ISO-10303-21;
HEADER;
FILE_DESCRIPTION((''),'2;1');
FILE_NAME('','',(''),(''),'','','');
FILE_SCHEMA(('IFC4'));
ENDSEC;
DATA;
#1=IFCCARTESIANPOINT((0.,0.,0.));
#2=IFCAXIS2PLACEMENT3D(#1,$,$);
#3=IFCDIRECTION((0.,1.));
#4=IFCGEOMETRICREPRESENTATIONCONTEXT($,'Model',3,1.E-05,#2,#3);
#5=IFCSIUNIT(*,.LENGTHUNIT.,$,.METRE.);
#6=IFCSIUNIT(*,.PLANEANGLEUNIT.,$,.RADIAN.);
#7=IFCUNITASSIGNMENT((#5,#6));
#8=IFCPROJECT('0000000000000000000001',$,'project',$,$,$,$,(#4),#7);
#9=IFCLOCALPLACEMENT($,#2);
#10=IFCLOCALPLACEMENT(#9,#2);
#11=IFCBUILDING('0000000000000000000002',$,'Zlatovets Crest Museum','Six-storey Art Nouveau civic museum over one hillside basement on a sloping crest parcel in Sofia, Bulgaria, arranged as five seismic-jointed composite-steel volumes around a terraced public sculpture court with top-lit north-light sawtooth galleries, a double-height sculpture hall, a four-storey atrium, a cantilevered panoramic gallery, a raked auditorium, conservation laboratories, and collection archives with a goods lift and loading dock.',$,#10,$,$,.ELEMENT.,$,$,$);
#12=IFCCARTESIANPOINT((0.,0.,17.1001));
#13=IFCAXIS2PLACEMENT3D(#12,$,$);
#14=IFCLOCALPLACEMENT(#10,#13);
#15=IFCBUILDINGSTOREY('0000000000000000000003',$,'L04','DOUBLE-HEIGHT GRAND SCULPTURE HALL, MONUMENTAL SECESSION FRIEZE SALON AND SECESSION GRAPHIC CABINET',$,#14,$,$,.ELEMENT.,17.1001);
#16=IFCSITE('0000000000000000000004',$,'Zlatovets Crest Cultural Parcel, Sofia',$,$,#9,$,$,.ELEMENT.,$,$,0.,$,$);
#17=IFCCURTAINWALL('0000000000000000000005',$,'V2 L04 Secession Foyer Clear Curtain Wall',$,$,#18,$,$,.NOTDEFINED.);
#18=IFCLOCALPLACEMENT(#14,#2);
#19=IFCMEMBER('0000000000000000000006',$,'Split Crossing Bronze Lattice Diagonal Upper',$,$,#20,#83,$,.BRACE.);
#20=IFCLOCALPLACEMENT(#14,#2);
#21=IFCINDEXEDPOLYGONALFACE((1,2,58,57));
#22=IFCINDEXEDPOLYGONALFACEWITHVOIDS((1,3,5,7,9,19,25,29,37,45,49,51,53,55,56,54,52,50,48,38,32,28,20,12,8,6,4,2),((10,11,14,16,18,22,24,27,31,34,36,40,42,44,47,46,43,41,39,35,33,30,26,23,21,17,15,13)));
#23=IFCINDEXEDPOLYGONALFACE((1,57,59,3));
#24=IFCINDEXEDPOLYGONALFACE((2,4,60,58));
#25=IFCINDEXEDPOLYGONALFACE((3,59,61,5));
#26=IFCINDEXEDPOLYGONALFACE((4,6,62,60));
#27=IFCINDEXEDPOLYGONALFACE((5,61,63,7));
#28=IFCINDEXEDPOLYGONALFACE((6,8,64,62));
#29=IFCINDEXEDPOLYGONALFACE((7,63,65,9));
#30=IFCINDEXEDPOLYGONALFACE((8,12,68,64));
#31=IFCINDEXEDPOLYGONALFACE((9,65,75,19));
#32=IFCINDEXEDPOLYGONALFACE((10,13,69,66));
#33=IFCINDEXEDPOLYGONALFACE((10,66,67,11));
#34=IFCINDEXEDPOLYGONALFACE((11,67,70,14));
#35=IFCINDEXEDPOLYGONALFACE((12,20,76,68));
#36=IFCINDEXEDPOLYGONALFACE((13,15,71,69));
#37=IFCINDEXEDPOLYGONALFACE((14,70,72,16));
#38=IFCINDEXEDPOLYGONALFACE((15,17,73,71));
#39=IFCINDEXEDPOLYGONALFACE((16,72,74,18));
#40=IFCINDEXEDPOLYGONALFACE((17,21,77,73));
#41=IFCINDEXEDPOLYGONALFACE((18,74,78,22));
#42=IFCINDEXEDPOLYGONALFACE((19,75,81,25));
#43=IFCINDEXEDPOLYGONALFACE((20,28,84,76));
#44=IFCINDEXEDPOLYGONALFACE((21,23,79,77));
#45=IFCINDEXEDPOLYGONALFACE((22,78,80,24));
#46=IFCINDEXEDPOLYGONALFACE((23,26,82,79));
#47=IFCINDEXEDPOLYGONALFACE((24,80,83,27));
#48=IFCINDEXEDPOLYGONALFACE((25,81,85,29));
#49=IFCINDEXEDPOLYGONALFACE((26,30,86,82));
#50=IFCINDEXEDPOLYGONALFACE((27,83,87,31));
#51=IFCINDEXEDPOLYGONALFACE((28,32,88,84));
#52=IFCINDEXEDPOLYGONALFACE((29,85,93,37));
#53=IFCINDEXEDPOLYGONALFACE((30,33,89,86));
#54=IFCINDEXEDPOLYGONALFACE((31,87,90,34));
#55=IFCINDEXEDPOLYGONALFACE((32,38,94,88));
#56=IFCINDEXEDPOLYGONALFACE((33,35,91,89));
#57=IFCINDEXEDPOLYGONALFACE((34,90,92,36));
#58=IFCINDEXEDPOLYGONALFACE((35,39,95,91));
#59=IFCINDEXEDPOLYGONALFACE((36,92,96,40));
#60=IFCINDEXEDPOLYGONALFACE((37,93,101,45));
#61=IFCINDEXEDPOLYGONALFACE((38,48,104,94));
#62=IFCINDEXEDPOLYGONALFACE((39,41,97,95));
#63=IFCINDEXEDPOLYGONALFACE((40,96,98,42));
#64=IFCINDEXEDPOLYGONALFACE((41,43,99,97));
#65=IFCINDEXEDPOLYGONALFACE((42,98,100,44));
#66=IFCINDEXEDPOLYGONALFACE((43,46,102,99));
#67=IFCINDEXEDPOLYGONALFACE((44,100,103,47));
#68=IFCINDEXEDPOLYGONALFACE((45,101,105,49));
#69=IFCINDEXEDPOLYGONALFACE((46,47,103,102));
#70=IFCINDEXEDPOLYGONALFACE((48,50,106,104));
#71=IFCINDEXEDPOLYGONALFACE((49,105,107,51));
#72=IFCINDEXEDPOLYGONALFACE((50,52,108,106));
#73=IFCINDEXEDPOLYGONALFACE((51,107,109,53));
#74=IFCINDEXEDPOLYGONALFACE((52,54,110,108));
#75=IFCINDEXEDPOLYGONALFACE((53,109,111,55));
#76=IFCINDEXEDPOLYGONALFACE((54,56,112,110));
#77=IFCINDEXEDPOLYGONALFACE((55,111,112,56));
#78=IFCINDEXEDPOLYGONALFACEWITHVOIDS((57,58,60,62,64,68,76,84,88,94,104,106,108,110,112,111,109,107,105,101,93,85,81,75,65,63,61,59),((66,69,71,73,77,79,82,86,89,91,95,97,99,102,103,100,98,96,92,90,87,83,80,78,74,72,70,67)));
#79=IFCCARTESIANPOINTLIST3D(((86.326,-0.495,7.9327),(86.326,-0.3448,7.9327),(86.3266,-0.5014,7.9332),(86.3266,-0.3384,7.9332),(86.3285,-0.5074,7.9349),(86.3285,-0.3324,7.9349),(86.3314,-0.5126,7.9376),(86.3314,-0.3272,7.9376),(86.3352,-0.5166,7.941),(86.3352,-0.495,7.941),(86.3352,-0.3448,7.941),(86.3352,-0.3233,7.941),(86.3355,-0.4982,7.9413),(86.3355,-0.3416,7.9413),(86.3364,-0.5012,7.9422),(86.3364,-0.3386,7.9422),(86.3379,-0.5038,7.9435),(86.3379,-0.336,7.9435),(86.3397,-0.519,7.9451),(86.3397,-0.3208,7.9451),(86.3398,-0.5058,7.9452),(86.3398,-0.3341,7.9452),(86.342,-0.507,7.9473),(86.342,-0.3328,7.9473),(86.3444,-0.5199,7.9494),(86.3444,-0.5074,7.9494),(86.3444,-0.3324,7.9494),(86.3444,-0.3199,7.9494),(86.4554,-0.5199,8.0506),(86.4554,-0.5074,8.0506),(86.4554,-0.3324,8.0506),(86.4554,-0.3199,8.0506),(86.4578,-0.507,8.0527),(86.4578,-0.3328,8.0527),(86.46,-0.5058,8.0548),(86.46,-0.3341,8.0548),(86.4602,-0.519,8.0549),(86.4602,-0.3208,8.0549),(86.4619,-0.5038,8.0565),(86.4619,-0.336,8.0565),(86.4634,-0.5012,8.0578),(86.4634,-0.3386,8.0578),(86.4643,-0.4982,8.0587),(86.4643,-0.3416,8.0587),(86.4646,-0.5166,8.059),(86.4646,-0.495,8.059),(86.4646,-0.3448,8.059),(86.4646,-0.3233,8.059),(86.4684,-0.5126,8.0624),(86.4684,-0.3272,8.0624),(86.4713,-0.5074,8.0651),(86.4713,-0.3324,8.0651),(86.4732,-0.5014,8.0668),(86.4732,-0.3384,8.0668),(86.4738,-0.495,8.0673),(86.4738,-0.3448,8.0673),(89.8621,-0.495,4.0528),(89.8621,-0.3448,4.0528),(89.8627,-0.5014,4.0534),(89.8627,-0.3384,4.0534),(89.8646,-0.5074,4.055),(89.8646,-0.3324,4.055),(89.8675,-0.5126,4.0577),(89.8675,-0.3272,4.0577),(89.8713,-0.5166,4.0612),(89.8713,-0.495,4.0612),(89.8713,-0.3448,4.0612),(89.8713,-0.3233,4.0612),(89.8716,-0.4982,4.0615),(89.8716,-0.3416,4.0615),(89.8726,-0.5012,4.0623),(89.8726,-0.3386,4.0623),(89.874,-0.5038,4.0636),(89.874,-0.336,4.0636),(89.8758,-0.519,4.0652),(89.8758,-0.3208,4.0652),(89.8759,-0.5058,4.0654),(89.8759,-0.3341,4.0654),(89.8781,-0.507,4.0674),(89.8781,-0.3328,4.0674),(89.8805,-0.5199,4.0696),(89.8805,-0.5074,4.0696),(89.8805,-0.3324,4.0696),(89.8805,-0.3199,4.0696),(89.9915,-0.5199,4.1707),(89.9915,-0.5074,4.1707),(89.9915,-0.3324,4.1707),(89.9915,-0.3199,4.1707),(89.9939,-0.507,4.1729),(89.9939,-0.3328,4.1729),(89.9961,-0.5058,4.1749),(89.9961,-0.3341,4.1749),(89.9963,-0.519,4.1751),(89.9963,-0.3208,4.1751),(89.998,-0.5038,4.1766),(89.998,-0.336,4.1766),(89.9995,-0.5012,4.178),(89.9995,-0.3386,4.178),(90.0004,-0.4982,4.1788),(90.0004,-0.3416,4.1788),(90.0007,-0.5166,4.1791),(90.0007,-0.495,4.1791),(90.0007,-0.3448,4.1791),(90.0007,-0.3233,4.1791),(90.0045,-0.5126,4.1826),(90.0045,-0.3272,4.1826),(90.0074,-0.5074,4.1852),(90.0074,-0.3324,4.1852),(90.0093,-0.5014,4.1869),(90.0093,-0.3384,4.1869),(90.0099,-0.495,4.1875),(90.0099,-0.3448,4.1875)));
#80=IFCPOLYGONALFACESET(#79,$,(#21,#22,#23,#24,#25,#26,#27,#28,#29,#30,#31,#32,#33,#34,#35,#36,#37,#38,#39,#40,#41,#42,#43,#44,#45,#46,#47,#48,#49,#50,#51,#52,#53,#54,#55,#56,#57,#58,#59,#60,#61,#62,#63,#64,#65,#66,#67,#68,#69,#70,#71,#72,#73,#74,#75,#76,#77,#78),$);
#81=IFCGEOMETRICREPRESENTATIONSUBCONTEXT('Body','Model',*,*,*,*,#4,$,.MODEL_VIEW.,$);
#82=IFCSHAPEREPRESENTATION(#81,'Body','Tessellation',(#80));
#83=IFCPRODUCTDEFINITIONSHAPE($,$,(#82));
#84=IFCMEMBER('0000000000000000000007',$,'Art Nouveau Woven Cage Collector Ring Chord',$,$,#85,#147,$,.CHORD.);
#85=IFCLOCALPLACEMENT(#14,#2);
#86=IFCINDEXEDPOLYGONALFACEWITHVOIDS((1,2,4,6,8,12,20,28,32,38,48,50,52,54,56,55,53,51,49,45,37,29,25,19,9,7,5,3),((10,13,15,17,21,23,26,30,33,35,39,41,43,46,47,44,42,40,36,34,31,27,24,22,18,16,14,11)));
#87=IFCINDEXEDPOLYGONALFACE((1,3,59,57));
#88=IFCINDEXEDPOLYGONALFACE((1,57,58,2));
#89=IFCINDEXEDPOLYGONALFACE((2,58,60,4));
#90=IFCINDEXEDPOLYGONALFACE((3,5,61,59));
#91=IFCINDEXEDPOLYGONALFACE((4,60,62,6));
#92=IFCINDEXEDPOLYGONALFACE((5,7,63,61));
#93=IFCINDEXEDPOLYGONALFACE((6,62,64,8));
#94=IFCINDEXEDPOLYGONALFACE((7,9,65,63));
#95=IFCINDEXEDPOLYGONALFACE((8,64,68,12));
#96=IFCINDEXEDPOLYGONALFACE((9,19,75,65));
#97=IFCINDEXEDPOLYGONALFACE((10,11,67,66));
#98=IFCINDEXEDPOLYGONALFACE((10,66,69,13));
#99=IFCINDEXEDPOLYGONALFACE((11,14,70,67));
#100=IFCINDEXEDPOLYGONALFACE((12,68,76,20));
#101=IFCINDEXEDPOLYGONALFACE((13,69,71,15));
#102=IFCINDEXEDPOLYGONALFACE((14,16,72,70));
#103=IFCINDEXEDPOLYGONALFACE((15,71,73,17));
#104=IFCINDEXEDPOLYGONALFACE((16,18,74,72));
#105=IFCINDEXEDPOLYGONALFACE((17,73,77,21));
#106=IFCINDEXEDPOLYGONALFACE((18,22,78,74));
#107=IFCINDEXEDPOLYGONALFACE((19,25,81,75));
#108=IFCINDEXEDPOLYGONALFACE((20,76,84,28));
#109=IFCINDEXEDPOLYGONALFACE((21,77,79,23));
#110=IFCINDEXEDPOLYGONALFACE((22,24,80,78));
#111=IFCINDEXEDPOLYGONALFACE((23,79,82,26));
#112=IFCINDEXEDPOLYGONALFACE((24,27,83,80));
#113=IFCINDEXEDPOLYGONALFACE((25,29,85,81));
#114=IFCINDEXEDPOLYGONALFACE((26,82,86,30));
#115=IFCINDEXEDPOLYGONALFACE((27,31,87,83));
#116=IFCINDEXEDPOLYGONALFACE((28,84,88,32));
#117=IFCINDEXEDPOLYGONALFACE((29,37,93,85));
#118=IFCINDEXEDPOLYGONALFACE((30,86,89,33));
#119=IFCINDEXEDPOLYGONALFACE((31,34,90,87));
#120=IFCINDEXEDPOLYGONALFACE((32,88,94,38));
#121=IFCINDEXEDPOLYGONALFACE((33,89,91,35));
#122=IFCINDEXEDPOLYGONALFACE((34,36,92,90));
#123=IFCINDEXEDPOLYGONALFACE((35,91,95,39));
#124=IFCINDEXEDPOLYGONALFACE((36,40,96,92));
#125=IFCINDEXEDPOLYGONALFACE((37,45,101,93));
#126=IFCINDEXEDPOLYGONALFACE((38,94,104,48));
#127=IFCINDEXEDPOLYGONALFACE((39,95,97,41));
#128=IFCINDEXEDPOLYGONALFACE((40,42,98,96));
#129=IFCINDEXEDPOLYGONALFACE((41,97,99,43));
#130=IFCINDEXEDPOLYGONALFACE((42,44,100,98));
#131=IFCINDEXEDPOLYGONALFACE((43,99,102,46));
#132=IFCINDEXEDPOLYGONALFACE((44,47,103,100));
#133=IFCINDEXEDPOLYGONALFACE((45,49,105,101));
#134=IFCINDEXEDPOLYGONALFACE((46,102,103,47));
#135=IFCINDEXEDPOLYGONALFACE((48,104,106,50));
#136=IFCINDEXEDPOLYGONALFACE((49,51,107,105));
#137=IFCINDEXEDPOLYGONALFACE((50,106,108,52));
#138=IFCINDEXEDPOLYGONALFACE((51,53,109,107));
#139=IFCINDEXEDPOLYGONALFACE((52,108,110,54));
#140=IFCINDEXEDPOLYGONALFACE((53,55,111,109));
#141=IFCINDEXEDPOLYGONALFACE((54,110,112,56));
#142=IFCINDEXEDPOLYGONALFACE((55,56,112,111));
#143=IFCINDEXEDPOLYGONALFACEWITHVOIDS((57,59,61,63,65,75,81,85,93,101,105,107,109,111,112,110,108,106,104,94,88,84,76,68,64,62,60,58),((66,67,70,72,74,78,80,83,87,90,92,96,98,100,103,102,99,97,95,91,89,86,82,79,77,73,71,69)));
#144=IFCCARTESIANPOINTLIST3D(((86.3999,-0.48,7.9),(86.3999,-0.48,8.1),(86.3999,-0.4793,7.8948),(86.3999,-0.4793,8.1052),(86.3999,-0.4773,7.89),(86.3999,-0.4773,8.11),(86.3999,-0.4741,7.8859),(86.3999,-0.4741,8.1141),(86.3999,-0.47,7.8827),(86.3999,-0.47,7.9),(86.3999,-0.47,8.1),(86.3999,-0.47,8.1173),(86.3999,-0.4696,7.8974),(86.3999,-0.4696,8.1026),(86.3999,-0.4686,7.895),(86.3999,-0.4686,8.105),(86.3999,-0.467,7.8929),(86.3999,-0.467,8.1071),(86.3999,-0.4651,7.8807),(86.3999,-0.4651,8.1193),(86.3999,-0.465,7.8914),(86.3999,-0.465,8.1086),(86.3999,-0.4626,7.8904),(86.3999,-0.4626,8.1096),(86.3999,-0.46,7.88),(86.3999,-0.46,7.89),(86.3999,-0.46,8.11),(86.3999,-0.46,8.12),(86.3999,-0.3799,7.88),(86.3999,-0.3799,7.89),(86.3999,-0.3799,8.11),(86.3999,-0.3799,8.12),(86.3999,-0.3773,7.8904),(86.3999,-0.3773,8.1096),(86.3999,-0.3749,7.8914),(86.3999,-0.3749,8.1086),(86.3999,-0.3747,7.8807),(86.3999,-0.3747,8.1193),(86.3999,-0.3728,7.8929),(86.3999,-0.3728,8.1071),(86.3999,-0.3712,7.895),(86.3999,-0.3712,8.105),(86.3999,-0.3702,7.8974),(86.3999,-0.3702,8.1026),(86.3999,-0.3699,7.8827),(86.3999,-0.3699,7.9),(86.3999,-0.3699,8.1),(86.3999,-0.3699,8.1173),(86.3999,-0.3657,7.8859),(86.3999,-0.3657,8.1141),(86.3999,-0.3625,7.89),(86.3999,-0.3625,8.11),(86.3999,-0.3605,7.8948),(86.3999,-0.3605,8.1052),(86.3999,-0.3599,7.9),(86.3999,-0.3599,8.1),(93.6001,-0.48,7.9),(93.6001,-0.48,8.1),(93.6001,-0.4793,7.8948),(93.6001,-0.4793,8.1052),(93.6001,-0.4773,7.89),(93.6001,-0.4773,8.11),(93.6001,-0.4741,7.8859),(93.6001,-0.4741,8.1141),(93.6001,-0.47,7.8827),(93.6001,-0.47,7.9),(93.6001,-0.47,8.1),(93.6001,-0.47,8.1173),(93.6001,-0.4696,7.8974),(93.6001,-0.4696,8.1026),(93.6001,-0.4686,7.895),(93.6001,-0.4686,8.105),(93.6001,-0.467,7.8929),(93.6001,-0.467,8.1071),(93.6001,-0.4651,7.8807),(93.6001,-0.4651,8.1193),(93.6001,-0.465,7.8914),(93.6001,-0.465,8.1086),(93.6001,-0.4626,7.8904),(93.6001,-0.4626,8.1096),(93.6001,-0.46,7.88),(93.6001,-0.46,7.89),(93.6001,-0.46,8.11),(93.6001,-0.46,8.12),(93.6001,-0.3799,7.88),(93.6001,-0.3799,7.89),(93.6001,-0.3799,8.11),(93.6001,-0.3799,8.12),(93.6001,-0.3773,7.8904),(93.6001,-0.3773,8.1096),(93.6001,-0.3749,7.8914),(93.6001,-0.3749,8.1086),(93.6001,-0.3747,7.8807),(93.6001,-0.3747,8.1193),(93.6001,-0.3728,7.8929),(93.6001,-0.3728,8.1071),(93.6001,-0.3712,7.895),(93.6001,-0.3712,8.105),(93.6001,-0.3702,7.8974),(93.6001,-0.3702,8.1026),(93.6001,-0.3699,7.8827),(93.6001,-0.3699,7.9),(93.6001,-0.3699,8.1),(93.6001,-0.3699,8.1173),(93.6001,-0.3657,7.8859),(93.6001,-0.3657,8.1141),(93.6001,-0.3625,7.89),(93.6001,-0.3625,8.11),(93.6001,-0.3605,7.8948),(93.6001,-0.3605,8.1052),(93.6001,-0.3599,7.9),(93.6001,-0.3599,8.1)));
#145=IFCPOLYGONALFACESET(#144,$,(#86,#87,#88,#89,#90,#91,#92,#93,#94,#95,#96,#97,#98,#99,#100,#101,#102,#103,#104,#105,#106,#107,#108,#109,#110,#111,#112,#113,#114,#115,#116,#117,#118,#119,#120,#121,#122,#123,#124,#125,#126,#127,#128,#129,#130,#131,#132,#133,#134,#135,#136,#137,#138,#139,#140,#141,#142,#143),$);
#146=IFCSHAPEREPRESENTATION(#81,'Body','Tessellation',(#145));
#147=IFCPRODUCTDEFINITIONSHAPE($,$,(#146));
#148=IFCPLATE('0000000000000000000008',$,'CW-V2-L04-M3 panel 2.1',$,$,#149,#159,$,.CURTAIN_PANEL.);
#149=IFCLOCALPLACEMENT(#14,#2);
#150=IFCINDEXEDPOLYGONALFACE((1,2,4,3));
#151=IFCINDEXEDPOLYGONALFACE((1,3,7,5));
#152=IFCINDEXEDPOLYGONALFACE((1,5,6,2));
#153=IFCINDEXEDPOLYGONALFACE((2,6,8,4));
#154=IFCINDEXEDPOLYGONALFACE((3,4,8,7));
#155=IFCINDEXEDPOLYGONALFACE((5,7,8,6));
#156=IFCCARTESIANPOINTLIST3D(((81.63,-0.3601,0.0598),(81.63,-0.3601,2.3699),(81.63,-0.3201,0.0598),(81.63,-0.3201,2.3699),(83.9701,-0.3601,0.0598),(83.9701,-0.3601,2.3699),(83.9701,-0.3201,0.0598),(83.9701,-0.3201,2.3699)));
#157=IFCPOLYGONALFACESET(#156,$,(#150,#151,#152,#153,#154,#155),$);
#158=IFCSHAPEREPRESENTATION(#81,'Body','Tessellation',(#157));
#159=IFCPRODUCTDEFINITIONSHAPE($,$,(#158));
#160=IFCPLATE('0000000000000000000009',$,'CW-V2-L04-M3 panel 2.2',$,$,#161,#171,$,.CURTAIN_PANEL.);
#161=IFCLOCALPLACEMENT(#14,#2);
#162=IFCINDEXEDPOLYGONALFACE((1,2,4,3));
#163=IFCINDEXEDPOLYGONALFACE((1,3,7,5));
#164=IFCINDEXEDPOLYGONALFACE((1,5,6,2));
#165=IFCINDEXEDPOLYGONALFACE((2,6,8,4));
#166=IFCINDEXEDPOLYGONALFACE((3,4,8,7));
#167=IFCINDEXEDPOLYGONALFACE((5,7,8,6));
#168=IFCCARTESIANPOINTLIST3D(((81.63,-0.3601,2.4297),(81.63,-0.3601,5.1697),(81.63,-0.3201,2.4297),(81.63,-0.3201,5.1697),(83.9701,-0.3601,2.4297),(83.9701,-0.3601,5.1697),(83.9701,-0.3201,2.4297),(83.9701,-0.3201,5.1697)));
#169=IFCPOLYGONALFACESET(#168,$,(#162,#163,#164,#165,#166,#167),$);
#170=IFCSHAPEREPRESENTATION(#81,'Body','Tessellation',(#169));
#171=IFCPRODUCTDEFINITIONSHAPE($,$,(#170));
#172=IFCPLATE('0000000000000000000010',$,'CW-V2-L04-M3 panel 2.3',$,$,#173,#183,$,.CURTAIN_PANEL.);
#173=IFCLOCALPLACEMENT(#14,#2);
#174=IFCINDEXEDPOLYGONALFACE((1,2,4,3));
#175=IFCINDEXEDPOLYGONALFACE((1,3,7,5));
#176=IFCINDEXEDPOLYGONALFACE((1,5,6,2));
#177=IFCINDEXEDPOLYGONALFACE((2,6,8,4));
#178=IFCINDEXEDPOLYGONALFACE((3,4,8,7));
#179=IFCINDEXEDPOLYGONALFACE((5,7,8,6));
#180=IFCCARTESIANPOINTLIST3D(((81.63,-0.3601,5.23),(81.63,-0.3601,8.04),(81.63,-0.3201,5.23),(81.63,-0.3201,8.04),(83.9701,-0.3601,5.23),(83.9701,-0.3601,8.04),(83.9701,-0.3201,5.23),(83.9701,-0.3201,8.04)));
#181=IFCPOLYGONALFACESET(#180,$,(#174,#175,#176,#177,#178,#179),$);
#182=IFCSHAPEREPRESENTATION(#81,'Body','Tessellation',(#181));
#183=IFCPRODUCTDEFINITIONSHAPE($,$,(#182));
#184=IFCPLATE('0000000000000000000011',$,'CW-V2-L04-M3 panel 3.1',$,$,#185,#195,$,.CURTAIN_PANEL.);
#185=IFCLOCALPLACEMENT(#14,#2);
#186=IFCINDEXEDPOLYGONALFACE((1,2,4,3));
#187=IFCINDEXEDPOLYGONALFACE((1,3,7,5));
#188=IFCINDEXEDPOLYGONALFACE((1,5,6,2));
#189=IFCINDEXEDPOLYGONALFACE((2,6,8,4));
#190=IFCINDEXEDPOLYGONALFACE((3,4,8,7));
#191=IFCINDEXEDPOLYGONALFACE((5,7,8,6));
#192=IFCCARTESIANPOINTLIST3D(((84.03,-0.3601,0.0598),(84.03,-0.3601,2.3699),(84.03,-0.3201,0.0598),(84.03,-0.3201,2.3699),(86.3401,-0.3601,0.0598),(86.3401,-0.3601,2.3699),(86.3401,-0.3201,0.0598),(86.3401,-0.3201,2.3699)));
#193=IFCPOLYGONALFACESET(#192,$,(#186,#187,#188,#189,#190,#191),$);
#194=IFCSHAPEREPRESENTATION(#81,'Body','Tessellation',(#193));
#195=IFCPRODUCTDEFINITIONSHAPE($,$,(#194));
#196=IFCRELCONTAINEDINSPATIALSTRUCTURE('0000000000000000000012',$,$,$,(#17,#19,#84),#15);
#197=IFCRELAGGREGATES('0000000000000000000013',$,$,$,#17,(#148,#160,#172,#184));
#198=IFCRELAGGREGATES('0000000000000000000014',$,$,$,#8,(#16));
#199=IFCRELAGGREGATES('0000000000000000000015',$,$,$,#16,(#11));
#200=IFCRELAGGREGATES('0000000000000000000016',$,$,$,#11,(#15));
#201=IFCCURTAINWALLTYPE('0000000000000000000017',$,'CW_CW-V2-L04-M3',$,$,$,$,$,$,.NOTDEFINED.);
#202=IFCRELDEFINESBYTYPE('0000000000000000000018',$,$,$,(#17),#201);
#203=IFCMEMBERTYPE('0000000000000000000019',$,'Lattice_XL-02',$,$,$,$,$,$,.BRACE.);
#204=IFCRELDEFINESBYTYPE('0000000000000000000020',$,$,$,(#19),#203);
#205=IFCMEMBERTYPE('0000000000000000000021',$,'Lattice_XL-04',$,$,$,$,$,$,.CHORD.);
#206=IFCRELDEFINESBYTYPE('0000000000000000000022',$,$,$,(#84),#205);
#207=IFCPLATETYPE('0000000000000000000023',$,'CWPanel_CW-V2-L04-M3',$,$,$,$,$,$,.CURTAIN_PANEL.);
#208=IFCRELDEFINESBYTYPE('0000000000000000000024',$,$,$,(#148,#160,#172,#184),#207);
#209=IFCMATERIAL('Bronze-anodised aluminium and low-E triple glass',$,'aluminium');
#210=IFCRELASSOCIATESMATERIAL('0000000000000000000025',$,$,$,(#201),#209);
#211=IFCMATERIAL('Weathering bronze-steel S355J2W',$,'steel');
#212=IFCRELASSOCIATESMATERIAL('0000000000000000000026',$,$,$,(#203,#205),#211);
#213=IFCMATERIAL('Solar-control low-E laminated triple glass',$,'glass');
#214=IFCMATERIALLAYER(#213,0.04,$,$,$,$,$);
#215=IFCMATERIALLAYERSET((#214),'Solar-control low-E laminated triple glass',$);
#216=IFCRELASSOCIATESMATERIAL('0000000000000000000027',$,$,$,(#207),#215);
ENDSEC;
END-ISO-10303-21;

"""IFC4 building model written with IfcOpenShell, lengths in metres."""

from ifc_helpers import new_model, si_unit, direction, frame, origin, origin_2d, place, context, subcontext, project, spatial, rectangle, hollow_rectangle, extrude, material, layer, layer_set, material_profile, profile_set, type_object, element, aggregate, save


model = new_model("IFC4")

# Units and contexts
model_context = context("Model", 3, precision=1e-05, world=origin(), true_north=direction((0.0, 1.0)))
body_context = subcontext(model_context, "Body", "Model", "MODEL_VIEW")
ifc_project = project(units=[si_unit("LENGTHUNIT", "METRE"), si_unit("PLANEANGLEUNIT", "RADIAN")], contexts=[model_context])

# Site, building, storey
site_placement = place(None, origin())
site = spatial("IfcSite", under=ifc_project, at=site_placement, Name="Zlatovets Crest Cultural Parcel, Sofia", CompositionType="ELEMENT", RefElevation=0.0)
building_placement = place(site_placement, origin())
building = spatial("IfcBuilding", under=site, at=building_placement, Name="Zlatovets Crest Museum", Description="Six-storey Art Nouveau civic museum over one hillside basement on a sloping crest parcel in Sofia, Bulgaria, arranged as five seismic-jointed composite-steel volumes around a terraced public sculpture court with top-lit north-light sawtooth galleries, a double-height sculpture hall, a four-storey atrium, a cantilevered panoramic gallery, a raked auditorium, conservation laboratories, and collection archives with a goods lift and loading dock.", CompositionType="ELEMENT")
storey_placement = place(building_placement, frame((0.0, 0.0, 17.1001)))
storey = spatial("IfcBuildingStorey", under=building, at=storey_placement, Name="L04", Description="DOUBLE-HEIGHT GRAND SCULPTURE HALL, MONUMENTAL SECESSION FRIEZE SALON AND SECESSION GRAPHIC CABINET", CompositionType="ELEMENT", Elevation=17.1001)

# Curtain wall
ifc_material_1 = material(Name="Bronze-anodised aluminium and low-E triple glass", Category="aluminium")
curtain_wall_type_1 = type_object("IfcCurtainWallType", Name="CW_CW-V2-L04-M3", PredefinedType="NOTDEFINED", material=ifc_material_1)
curtain_wall_1_placement = place(storey_placement, origin())
curtain_wall_1 = element("IfcCurtainWall", 1, at=curtain_wall_1_placement, inside=storey, type_object=curtain_wall_type_1, Name="V2 L04 Secession Foyer Clear Curtain Wall", PredefinedType="NOTDEFINED")

# Members
ifc_material_2 = material(Name="Weathering bronze-steel S355J2W", Category="steel")
ifc_material_profile_1 = material_profile(ifc_material_2, hollow_rectangle(XDim=0.2, YDim=0.2, WallThickness=0.0125, InnerFilletRadius=0.0125, OuterFilletRadius=0.0249, at=origin_2d()), Name="SHS 200x200x12.5")
ifc_profile_set_1 = profile_set([ifc_material_profile_1], Name="Weathering bronze-steel S355J2W")
member_type_1 = type_object("IfcMemberType", Name="Lattice_XL-02", PredefinedType="BRACE", material=ifc_profile_set_1)
member_1_placement = place(storey_placement, frame((86.3999, -0.4199, 8.0), z_axis=(0.673607, 0.0, -0.739089), x_axis=(0.0, 1.0, 0.0)))
element("IfcMember", 2, at=member_1_placement, inside=storey, type_object=member_type_1, Name="Split Crossing Bronze Lattice Diagonal Upper", PredefinedType="BRACE", context=body_context, shape_type="SweptSolid", body=[
    extrude(hollow_rectangle(XDim=0.2, YDim=0.2, WallThickness=0.0125, InnerFilletRadius=0.0125, OuterFilletRadius=0.0249, at=origin_2d()), origin(), (0.0, 0.0, 1.0), 5.2495),
])
ifc_material_profile_2 = material_profile(ifc_material_2, hollow_rectangle(XDim=0.1201, YDim=0.24, WallThickness=0.01, InnerFilletRadius=0.01, OuterFilletRadius=0.02, at=origin_2d()), Name="RHS 120x240x10.0")
ifc_profile_set_2 = profile_set([ifc_material_profile_2], Name="Weathering bronze-steel S355J2W")
member_type_2 = type_object("IfcMemberType", Name="Lattice_XL-04", PredefinedType="CHORD", material=ifc_profile_set_2)
member_2_placement = place(storey_placement, frame((86.3999, -0.4199, 8.0), z_axis=(1.0, 0.0, 0.0), x_axis=(0.0, 1.0, 0.0)))
element("IfcMember", 3, at=member_2_placement, inside=storey, type_object=member_type_2, Name="Art Nouveau Woven Cage Collector Ring Chord", PredefinedType="CHORD", context=body_context, shape_type="SweptSolid", body=[
    extrude(hollow_rectangle(XDim=0.1201, YDim=0.24, WallThickness=0.01, InnerFilletRadius=0.01, OuterFilletRadius=0.02, at=origin_2d()), origin(), (0.0, 0.0, 1.0), 7.2002),
])

# Plates
ifc_material_3 = material(Name="Solar-control low-E laminated triple glass", Category="glass")
ifc_layer_1 = layer(ifc_material_3, 0.04)
ifc_layer_set_1 = layer_set([ifc_layer_1], Name="Solar-control low-E laminated triple glass")
plate_type_1 = type_object("IfcPlateType", Name="CWPanel_CW-V2-L04-M3", PredefinedType="CURTAIN_PANEL", material=ifc_layer_set_1)
plate_1_placement = place(storey_placement, frame((82.8, -0.3401, 0.0598), z_axis=(0.0, 0.0, 1.0), x_axis=(1.0, 0.0, 0.0)))
plate_1 = element("IfcPlate", 4, at=plate_1_placement, type_object=plate_type_1, Name="CW-V2-L04-M3 panel 2.1", PredefinedType="CURTAIN_PANEL", context=body_context, shape_type="SweptSolid", body=[
    extrude(rectangle(XDim=2.3401, YDim=0.04, at=origin_2d()), origin(), (0.0, 0.0, 1.0), 2.3101),
])
plate_2_placement = place(storey_placement, frame((82.8, -0.3401, 2.4297), z_axis=(0.0, 0.0, 1.0), x_axis=(1.0, 0.0, 0.0)))
plate_2 = element("IfcPlate", 5, at=plate_2_placement, type_object=plate_type_1, Name="CW-V2-L04-M3 panel 2.2", PredefinedType="CURTAIN_PANEL", context=body_context, shape_type="SweptSolid", body=[
    extrude(rectangle(XDim=2.3401, YDim=0.04, at=origin_2d()), origin(), (0.0, 0.0, 1.0), 2.74),
])
plate_3_placement = place(storey_placement, frame((82.8, -0.3401, 5.23), z_axis=(0.0, 0.0, 1.0), x_axis=(1.0, 0.0, 0.0)))
plate_3 = element("IfcPlate", 6, at=plate_3_placement, type_object=plate_type_1, Name="CW-V2-L04-M3 panel 2.3", PredefinedType="CURTAIN_PANEL", context=body_context, shape_type="SweptSolid", body=[
    extrude(rectangle(XDim=2.3401, YDim=0.04, at=origin_2d()), origin(), (0.0, 0.0, 1.0), 2.8101),
])
plate_4_placement = place(storey_placement, frame((85.1851, -0.3401, 0.0598), z_axis=(0.0, 0.0, 1.0), x_axis=(1.0, 0.0, 0.0)))
plate_4 = element("IfcPlate", 7, at=plate_4_placement, type_object=plate_type_1, Name="CW-V2-L04-M3 panel 3.1", PredefinedType="CURTAIN_PANEL", context=body_context, shape_type="SweptSolid", body=[
    extrude(rectangle(XDim=2.3101, YDim=0.04, at=origin_2d()), origin(), (0.0, 0.0, 1.0), 2.3101),
])
aggregate(curtain_wall_1, [plate_1, plate_2, plate_3, plate_4])

save(model, "model.ifc")
